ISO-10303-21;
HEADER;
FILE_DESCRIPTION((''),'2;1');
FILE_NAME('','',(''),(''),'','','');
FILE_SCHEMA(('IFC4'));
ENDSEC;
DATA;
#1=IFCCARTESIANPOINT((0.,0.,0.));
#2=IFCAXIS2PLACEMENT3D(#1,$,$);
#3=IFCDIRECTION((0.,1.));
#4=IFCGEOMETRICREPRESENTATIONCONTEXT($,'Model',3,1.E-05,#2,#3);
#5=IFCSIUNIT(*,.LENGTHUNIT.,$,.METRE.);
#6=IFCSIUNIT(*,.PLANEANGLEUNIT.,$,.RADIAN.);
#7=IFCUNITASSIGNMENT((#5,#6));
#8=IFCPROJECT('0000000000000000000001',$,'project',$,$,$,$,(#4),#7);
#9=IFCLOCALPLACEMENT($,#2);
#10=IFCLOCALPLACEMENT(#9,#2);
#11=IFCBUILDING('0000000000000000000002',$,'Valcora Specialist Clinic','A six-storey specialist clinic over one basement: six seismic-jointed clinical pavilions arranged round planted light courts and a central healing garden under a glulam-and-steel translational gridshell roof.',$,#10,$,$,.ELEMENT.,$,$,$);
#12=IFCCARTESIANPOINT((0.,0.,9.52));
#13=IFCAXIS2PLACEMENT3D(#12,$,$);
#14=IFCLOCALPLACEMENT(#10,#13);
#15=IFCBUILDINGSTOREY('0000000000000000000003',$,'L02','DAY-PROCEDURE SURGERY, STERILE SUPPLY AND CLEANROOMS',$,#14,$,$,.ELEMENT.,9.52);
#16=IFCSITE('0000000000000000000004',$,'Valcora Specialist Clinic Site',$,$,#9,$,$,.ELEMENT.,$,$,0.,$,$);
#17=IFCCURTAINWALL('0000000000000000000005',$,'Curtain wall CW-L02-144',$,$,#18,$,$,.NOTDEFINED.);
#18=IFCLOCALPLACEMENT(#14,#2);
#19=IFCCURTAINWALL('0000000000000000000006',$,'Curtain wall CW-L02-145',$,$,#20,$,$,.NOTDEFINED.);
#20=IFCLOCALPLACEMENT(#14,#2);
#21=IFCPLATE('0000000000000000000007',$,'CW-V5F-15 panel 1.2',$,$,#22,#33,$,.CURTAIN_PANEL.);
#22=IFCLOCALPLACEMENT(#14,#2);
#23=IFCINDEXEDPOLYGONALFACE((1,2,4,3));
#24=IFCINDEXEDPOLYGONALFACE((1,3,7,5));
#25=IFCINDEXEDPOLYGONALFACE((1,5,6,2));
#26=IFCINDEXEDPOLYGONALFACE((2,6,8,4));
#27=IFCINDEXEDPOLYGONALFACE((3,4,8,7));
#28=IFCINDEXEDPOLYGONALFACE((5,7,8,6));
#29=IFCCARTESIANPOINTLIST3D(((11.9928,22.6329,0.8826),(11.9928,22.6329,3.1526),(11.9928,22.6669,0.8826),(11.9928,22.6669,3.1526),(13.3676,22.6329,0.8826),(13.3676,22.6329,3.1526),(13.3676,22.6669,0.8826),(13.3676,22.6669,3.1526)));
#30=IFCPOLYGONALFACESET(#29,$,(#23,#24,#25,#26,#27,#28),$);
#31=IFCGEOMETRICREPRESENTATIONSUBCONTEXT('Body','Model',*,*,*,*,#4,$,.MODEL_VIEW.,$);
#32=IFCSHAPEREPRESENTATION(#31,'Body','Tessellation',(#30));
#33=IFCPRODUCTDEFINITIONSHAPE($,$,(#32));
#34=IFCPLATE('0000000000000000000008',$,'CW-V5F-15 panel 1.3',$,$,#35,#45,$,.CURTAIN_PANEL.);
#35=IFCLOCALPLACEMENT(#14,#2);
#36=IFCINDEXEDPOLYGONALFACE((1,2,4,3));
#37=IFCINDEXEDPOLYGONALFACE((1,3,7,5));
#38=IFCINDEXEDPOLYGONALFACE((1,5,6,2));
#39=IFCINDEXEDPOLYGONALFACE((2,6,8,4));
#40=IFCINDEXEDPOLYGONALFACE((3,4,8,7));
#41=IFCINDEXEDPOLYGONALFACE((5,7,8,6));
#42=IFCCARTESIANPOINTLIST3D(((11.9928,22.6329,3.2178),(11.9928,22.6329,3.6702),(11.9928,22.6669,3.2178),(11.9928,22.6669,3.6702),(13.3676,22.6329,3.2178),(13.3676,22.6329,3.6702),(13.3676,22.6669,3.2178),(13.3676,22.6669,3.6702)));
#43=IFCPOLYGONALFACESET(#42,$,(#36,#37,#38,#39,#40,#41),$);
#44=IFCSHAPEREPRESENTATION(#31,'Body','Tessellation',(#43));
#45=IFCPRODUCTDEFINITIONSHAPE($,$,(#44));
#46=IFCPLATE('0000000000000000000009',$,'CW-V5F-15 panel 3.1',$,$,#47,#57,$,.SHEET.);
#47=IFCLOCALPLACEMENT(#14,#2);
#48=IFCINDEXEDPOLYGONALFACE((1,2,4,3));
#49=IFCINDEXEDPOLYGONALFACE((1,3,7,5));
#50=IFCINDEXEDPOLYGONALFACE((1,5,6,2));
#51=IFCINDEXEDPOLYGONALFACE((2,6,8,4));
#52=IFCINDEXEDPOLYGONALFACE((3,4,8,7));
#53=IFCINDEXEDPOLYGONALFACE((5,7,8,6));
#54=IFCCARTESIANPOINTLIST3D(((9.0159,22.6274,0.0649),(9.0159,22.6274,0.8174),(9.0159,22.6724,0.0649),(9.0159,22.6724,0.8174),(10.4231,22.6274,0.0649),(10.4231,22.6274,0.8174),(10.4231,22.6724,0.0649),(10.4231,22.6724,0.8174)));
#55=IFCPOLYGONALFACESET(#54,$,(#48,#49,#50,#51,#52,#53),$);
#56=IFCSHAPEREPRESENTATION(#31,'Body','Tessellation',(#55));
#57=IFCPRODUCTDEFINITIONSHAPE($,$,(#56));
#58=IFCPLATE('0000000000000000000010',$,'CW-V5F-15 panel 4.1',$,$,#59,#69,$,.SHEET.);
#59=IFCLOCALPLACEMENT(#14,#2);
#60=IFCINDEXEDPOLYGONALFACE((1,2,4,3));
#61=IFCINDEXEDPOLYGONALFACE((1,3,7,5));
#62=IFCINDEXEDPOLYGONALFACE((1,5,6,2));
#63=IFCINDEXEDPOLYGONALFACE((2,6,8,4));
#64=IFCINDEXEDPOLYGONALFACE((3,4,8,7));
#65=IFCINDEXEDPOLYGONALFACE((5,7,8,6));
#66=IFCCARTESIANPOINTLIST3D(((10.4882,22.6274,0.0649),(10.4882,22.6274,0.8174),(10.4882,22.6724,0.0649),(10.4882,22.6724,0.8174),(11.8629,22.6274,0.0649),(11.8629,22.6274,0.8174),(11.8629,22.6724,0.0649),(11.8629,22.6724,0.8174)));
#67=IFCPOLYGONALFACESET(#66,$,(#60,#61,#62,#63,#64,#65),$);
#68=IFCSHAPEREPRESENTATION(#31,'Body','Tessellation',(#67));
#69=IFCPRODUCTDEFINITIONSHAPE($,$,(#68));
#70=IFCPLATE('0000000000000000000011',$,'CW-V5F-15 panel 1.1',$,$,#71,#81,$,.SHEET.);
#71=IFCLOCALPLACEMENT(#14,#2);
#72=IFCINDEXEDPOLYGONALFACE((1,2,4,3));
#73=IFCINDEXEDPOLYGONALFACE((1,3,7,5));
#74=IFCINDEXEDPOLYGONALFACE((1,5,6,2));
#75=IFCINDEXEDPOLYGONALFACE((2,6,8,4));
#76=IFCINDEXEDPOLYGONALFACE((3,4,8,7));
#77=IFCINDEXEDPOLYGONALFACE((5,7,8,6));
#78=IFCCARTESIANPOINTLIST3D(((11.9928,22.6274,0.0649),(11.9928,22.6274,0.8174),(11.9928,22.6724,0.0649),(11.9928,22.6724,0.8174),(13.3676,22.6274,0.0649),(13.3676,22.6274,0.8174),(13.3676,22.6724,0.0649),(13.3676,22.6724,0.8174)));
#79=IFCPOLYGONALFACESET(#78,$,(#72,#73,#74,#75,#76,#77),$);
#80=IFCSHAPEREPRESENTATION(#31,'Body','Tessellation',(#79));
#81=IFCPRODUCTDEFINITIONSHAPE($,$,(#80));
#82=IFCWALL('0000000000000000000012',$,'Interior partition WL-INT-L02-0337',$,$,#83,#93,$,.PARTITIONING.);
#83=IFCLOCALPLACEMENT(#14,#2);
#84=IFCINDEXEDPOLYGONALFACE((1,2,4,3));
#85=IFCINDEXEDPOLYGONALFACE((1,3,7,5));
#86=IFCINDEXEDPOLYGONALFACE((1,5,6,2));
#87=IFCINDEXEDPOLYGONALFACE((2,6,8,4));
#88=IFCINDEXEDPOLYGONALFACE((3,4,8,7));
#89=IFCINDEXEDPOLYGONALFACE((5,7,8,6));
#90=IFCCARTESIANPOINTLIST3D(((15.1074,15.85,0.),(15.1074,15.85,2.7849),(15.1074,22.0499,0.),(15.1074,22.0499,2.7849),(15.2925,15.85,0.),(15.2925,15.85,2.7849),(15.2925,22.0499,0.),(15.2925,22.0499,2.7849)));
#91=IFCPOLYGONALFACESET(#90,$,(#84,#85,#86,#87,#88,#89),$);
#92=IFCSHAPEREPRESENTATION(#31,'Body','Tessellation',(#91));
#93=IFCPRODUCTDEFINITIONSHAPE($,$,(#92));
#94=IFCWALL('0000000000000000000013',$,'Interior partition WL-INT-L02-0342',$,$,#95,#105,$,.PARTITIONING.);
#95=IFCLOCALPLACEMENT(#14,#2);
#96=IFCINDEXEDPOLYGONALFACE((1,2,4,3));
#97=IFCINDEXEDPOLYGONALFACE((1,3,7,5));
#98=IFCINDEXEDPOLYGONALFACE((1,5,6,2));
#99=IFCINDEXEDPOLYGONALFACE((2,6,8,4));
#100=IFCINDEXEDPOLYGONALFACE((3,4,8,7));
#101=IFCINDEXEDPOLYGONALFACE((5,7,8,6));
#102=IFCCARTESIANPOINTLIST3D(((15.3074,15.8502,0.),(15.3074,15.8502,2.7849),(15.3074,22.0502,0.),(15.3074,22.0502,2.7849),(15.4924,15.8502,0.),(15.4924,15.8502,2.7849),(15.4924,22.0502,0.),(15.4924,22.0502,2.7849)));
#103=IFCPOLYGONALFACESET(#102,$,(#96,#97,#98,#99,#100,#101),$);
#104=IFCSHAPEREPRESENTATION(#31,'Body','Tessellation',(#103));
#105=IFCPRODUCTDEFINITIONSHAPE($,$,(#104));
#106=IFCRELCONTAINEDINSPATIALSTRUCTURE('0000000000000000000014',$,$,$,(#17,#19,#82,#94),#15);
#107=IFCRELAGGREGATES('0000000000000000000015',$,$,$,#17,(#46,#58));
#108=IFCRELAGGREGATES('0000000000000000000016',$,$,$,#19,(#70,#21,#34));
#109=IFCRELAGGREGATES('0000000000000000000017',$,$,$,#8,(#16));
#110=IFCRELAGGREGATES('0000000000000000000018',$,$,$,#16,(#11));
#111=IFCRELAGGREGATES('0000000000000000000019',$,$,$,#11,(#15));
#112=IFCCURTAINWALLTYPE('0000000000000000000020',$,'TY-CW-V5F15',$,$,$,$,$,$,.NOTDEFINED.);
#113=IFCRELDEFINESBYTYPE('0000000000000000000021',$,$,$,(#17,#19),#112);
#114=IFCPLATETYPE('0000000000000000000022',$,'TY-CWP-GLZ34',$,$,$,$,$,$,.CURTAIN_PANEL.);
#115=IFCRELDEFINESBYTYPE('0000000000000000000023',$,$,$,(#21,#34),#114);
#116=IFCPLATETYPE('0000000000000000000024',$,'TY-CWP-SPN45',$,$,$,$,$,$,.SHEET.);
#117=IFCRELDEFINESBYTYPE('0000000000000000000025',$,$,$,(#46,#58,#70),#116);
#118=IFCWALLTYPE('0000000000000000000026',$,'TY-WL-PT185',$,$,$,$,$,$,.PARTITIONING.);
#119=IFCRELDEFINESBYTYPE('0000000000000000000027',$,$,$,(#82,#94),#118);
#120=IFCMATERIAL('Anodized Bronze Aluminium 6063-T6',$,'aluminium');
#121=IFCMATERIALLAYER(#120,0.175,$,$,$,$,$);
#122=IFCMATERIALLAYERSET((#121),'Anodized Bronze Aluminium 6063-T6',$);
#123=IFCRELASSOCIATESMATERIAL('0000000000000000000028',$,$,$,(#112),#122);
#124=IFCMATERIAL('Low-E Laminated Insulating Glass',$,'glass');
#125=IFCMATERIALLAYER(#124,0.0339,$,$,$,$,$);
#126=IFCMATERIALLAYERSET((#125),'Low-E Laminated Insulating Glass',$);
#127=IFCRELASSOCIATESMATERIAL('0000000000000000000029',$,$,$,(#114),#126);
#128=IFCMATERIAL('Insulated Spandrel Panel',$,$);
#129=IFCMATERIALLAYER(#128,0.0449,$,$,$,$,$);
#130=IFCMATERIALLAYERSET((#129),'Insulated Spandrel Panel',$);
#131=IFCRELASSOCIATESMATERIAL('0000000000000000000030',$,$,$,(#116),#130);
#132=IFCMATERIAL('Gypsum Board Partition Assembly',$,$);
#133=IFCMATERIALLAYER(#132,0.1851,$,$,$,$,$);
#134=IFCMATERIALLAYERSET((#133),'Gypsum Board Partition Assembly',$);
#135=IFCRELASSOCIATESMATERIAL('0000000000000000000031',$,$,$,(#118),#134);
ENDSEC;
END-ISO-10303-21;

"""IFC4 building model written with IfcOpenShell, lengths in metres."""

from ifc_helpers import new_model, si_unit, direction, frame, frame_2d, origin, origin_2d, place, context, subcontext, project, spatial, rectangle, extrude, material, layer, layer_set, type_object, element, aggregate, save


model = new_model("IFC4")

# Units and contexts
model_context = context("Model", 3, precision=1e-05, world=origin(), true_north=direction((0.0, 1.0)))
body_context = subcontext(model_context, "Body", "Model", "MODEL_VIEW")
ifc_project = project(units=[si_unit("LENGTHUNIT", "METRE"), si_unit("PLANEANGLEUNIT", "RADIAN")], contexts=[model_context])

# Site, building, storey
site_placement = place(None, origin())
site = spatial("IfcSite", under=ifc_project, at=site_placement, Name="Valcora Specialist Clinic Site", CompositionType="ELEMENT", RefElevation=0.0)
building_placement = place(site_placement, origin())
building = spatial("IfcBuilding", under=site, at=building_placement, Name="Valcora Specialist Clinic", Description="A six-storey specialist clinic over one basement: six seismic-jointed clinical pavilions arranged round planted light courts and a central healing garden under a glulam-and-steel translational gridshell roof.", CompositionType="ELEMENT")
storey_placement = place(building_placement, frame((0.0, 0.0, 9.52)))
storey = spatial("IfcBuildingStorey", under=building, at=storey_placement, Name="L02", Description="DAY-PROCEDURE SURGERY, STERILE SUPPLY AND CLEANROOMS", CompositionType="ELEMENT", Elevation=9.52)

# Curtain walls
ifc_material_1 = material(Name="Anodized Bronze Aluminium 6063-T6", Category="aluminium")
ifc_layer_1 = layer(ifc_material_1, 0.175)
ifc_layer_set_1 = layer_set([ifc_layer_1], Name="Anodized Bronze Aluminium 6063-T6")
curtain_wall_type = type_object("IfcCurtainWallType", Name="TY-CW-V5F15", PredefinedType="NOTDEFINED", material=ifc_layer_set_1)
curtain_wall_1_placement = place(storey_placement, origin())
curtain_wall_1 = element("IfcCurtainWall", 1, at=curtain_wall_1_placement, inside=storey, type_object=curtain_wall_type, Name="Curtain wall CW-L02-144", PredefinedType="NOTDEFINED")
curtain_wall_2_placement = place(storey_placement, origin())
curtain_wall_2 = element("IfcCurtainWall", 2, at=curtain_wall_2_placement, inside=storey, type_object=curtain_wall_type, Name="Curtain wall CW-L02-145", PredefinedType="NOTDEFINED")

# Plates
ifc_material_2 = material(Name="Low-E Laminated Insulating Glass", Category="glass")
ifc_layer_2 = layer(ifc_material_2, 0.0339)
ifc_layer_set_2 = layer_set([ifc_layer_2], Name="Low-E Laminated Insulating Glass")
plate_type_1 = type_object("IfcPlateType", Name="TY-CWP-GLZ34", PredefinedType="CURTAIN_PANEL", material=ifc_layer_set_2)
plate_1_placement = place(storey_placement, frame((12.6802, 22.6499, 0.8826), z_axis=(0.0, 0.0, 1.0), x_axis=(1.0, 0.0, 0.0)))
plate_1 = element("IfcPlate", 3, at=plate_1_placement, type_object=plate_type_1, Name="CW-V5F-15 panel 1.2", PredefinedType="CURTAIN_PANEL", context=body_context, shape_type="SweptSolid", body=[
    extrude(rectangle(XDim=1.3748, YDim=0.0339, at=origin_2d()), origin(), (0.0, 0.0, 1.0), 2.27),
])
plate_2_placement = place(storey_placement, frame((12.6802, 22.6499, 3.2178), z_axis=(0.0, 0.0, 1.0), x_axis=(1.0, 0.0, 0.0)))
plate_2 = element("IfcPlate", 4, at=plate_2_placement, type_object=plate_type_1, Name="CW-V5F-15 panel 1.3", PredefinedType="CURTAIN_PANEL", context=body_context, shape_type="SweptSolid", body=[
    extrude(rectangle(XDim=1.3748, YDim=0.0339, at=origin_2d()), origin(), (0.0, 0.0, 1.0), 0.4524),
])
ifc_material_3 = material(Name="Insulated Spandrel Panel")
ifc_layer_3 = layer(ifc_material_3, 0.0449)
ifc_layer_set_3 = layer_set([ifc_layer_3], Name="Insulated Spandrel Panel")
plate_type_2 = type_object("IfcPlateType", Name="TY-CWP-SPN45", PredefinedType="SHEET", material=ifc_layer_set_3)
plate_3_placement = place(storey_placement, frame((9.7195, 22.6499, 0.0649), z_axis=(0.0, 0.0, 1.0), x_axis=(1.0, 0.0, 0.0)))
plate_3 = element("IfcPlate", 5, at=plate_3_placement, type_object=plate_type_2, Name="CW-V5F-15 panel 3.1", PredefinedType="SHEET", context=body_context, shape_type="SweptSolid", body=[
    extrude(rectangle(XDim=1.4072, YDim=0.0449, at=origin_2d()), origin(), (0.0, 0.0, 1.0), 0.7524),
])
plate_4_placement = place(storey_placement, frame((11.1755, 22.6499, 0.0649), z_axis=(0.0, 0.0, 1.0), x_axis=(1.0, 0.0, 0.0)))
plate_4 = element("IfcPlate", 6, at=plate_4_placement, type_object=plate_type_2, Name="CW-V5F-15 panel 4.1", PredefinedType="SHEET", context=body_context, shape_type="SweptSolid", body=[
    extrude(rectangle(XDim=1.3748, YDim=0.0449, at=origin_2d()), origin(), (0.0, 0.0, 1.0), 0.7524),
])
aggregate(curtain_wall_1, [plate_3, plate_4])
plate_5_placement = place(storey_placement, frame((12.6802, 22.6499, 0.0649), z_axis=(0.0, 0.0, 1.0), x_axis=(1.0, 0.0, 0.0)))
plate_5 = element("IfcPlate", 7, at=plate_5_placement, type_object=plate_type_2, Name="CW-V5F-15 panel 1.1", PredefinedType="SHEET", context=body_context, shape_type="SweptSolid", body=[
    extrude(rectangle(XDim=1.3748, YDim=0.0449, at=origin_2d()), origin(), (0.0, 0.0, 1.0), 0.7524),
])
aggregate(curtain_wall_2, [plate_5, plate_1, plate_2])

# Wall
ifc_material_4 = material(Name="Gypsum Board Partition Assembly")
ifc_layer_4 = layer(ifc_material_4, 0.1851)
ifc_layer_set_4 = layer_set([ifc_layer_4], Name="Gypsum Board Partition Assembly")
wall_type = type_object("IfcWallType", Name="TY-WL-PT185", PredefinedType="PARTITIONING", material=ifc_layer_set_4)
wall_1_placement = place(storey_placement, frame((15.2, 22.05, 0.0), z_axis=(0.0, 0.0, 1.0), x_axis=(0.0, -1.0, 0.0)))
element("IfcWall", 8, at=wall_1_placement, inside=storey, type_object=wall_type, Name="Interior partition WL-INT-L02-0337", PredefinedType="PARTITIONING", context=body_context, shape_type="SweptSolid", body=[
    extrude(rectangle(XDim=6.2, YDim=0.1851, at=frame_2d((3.1001, 0.0))), origin(), (0.0, 0.0, 1.0), 2.7849),
])

# Wall
wall_2_placement = place(storey_placement, frame((15.3999, 15.8501, 0.0), z_axis=(0.0, 0.0, 1.0), x_axis=(0.0, 1.0, 0.0)))
element("IfcWall", 9, at=wall_2_placement, inside=storey, type_object=wall_type, Name="Interior partition WL-INT-L02-0342", PredefinedType="PARTITIONING", context=body_context, shape_type="SweptSolid", body=[
    extrude(rectangle(XDim=6.2, YDim=0.1851, at=frame_2d((3.1001, 0.0))), origin(), (0.0, 0.0, 1.0), 2.7849),
])

save(model, "model.ifc")
